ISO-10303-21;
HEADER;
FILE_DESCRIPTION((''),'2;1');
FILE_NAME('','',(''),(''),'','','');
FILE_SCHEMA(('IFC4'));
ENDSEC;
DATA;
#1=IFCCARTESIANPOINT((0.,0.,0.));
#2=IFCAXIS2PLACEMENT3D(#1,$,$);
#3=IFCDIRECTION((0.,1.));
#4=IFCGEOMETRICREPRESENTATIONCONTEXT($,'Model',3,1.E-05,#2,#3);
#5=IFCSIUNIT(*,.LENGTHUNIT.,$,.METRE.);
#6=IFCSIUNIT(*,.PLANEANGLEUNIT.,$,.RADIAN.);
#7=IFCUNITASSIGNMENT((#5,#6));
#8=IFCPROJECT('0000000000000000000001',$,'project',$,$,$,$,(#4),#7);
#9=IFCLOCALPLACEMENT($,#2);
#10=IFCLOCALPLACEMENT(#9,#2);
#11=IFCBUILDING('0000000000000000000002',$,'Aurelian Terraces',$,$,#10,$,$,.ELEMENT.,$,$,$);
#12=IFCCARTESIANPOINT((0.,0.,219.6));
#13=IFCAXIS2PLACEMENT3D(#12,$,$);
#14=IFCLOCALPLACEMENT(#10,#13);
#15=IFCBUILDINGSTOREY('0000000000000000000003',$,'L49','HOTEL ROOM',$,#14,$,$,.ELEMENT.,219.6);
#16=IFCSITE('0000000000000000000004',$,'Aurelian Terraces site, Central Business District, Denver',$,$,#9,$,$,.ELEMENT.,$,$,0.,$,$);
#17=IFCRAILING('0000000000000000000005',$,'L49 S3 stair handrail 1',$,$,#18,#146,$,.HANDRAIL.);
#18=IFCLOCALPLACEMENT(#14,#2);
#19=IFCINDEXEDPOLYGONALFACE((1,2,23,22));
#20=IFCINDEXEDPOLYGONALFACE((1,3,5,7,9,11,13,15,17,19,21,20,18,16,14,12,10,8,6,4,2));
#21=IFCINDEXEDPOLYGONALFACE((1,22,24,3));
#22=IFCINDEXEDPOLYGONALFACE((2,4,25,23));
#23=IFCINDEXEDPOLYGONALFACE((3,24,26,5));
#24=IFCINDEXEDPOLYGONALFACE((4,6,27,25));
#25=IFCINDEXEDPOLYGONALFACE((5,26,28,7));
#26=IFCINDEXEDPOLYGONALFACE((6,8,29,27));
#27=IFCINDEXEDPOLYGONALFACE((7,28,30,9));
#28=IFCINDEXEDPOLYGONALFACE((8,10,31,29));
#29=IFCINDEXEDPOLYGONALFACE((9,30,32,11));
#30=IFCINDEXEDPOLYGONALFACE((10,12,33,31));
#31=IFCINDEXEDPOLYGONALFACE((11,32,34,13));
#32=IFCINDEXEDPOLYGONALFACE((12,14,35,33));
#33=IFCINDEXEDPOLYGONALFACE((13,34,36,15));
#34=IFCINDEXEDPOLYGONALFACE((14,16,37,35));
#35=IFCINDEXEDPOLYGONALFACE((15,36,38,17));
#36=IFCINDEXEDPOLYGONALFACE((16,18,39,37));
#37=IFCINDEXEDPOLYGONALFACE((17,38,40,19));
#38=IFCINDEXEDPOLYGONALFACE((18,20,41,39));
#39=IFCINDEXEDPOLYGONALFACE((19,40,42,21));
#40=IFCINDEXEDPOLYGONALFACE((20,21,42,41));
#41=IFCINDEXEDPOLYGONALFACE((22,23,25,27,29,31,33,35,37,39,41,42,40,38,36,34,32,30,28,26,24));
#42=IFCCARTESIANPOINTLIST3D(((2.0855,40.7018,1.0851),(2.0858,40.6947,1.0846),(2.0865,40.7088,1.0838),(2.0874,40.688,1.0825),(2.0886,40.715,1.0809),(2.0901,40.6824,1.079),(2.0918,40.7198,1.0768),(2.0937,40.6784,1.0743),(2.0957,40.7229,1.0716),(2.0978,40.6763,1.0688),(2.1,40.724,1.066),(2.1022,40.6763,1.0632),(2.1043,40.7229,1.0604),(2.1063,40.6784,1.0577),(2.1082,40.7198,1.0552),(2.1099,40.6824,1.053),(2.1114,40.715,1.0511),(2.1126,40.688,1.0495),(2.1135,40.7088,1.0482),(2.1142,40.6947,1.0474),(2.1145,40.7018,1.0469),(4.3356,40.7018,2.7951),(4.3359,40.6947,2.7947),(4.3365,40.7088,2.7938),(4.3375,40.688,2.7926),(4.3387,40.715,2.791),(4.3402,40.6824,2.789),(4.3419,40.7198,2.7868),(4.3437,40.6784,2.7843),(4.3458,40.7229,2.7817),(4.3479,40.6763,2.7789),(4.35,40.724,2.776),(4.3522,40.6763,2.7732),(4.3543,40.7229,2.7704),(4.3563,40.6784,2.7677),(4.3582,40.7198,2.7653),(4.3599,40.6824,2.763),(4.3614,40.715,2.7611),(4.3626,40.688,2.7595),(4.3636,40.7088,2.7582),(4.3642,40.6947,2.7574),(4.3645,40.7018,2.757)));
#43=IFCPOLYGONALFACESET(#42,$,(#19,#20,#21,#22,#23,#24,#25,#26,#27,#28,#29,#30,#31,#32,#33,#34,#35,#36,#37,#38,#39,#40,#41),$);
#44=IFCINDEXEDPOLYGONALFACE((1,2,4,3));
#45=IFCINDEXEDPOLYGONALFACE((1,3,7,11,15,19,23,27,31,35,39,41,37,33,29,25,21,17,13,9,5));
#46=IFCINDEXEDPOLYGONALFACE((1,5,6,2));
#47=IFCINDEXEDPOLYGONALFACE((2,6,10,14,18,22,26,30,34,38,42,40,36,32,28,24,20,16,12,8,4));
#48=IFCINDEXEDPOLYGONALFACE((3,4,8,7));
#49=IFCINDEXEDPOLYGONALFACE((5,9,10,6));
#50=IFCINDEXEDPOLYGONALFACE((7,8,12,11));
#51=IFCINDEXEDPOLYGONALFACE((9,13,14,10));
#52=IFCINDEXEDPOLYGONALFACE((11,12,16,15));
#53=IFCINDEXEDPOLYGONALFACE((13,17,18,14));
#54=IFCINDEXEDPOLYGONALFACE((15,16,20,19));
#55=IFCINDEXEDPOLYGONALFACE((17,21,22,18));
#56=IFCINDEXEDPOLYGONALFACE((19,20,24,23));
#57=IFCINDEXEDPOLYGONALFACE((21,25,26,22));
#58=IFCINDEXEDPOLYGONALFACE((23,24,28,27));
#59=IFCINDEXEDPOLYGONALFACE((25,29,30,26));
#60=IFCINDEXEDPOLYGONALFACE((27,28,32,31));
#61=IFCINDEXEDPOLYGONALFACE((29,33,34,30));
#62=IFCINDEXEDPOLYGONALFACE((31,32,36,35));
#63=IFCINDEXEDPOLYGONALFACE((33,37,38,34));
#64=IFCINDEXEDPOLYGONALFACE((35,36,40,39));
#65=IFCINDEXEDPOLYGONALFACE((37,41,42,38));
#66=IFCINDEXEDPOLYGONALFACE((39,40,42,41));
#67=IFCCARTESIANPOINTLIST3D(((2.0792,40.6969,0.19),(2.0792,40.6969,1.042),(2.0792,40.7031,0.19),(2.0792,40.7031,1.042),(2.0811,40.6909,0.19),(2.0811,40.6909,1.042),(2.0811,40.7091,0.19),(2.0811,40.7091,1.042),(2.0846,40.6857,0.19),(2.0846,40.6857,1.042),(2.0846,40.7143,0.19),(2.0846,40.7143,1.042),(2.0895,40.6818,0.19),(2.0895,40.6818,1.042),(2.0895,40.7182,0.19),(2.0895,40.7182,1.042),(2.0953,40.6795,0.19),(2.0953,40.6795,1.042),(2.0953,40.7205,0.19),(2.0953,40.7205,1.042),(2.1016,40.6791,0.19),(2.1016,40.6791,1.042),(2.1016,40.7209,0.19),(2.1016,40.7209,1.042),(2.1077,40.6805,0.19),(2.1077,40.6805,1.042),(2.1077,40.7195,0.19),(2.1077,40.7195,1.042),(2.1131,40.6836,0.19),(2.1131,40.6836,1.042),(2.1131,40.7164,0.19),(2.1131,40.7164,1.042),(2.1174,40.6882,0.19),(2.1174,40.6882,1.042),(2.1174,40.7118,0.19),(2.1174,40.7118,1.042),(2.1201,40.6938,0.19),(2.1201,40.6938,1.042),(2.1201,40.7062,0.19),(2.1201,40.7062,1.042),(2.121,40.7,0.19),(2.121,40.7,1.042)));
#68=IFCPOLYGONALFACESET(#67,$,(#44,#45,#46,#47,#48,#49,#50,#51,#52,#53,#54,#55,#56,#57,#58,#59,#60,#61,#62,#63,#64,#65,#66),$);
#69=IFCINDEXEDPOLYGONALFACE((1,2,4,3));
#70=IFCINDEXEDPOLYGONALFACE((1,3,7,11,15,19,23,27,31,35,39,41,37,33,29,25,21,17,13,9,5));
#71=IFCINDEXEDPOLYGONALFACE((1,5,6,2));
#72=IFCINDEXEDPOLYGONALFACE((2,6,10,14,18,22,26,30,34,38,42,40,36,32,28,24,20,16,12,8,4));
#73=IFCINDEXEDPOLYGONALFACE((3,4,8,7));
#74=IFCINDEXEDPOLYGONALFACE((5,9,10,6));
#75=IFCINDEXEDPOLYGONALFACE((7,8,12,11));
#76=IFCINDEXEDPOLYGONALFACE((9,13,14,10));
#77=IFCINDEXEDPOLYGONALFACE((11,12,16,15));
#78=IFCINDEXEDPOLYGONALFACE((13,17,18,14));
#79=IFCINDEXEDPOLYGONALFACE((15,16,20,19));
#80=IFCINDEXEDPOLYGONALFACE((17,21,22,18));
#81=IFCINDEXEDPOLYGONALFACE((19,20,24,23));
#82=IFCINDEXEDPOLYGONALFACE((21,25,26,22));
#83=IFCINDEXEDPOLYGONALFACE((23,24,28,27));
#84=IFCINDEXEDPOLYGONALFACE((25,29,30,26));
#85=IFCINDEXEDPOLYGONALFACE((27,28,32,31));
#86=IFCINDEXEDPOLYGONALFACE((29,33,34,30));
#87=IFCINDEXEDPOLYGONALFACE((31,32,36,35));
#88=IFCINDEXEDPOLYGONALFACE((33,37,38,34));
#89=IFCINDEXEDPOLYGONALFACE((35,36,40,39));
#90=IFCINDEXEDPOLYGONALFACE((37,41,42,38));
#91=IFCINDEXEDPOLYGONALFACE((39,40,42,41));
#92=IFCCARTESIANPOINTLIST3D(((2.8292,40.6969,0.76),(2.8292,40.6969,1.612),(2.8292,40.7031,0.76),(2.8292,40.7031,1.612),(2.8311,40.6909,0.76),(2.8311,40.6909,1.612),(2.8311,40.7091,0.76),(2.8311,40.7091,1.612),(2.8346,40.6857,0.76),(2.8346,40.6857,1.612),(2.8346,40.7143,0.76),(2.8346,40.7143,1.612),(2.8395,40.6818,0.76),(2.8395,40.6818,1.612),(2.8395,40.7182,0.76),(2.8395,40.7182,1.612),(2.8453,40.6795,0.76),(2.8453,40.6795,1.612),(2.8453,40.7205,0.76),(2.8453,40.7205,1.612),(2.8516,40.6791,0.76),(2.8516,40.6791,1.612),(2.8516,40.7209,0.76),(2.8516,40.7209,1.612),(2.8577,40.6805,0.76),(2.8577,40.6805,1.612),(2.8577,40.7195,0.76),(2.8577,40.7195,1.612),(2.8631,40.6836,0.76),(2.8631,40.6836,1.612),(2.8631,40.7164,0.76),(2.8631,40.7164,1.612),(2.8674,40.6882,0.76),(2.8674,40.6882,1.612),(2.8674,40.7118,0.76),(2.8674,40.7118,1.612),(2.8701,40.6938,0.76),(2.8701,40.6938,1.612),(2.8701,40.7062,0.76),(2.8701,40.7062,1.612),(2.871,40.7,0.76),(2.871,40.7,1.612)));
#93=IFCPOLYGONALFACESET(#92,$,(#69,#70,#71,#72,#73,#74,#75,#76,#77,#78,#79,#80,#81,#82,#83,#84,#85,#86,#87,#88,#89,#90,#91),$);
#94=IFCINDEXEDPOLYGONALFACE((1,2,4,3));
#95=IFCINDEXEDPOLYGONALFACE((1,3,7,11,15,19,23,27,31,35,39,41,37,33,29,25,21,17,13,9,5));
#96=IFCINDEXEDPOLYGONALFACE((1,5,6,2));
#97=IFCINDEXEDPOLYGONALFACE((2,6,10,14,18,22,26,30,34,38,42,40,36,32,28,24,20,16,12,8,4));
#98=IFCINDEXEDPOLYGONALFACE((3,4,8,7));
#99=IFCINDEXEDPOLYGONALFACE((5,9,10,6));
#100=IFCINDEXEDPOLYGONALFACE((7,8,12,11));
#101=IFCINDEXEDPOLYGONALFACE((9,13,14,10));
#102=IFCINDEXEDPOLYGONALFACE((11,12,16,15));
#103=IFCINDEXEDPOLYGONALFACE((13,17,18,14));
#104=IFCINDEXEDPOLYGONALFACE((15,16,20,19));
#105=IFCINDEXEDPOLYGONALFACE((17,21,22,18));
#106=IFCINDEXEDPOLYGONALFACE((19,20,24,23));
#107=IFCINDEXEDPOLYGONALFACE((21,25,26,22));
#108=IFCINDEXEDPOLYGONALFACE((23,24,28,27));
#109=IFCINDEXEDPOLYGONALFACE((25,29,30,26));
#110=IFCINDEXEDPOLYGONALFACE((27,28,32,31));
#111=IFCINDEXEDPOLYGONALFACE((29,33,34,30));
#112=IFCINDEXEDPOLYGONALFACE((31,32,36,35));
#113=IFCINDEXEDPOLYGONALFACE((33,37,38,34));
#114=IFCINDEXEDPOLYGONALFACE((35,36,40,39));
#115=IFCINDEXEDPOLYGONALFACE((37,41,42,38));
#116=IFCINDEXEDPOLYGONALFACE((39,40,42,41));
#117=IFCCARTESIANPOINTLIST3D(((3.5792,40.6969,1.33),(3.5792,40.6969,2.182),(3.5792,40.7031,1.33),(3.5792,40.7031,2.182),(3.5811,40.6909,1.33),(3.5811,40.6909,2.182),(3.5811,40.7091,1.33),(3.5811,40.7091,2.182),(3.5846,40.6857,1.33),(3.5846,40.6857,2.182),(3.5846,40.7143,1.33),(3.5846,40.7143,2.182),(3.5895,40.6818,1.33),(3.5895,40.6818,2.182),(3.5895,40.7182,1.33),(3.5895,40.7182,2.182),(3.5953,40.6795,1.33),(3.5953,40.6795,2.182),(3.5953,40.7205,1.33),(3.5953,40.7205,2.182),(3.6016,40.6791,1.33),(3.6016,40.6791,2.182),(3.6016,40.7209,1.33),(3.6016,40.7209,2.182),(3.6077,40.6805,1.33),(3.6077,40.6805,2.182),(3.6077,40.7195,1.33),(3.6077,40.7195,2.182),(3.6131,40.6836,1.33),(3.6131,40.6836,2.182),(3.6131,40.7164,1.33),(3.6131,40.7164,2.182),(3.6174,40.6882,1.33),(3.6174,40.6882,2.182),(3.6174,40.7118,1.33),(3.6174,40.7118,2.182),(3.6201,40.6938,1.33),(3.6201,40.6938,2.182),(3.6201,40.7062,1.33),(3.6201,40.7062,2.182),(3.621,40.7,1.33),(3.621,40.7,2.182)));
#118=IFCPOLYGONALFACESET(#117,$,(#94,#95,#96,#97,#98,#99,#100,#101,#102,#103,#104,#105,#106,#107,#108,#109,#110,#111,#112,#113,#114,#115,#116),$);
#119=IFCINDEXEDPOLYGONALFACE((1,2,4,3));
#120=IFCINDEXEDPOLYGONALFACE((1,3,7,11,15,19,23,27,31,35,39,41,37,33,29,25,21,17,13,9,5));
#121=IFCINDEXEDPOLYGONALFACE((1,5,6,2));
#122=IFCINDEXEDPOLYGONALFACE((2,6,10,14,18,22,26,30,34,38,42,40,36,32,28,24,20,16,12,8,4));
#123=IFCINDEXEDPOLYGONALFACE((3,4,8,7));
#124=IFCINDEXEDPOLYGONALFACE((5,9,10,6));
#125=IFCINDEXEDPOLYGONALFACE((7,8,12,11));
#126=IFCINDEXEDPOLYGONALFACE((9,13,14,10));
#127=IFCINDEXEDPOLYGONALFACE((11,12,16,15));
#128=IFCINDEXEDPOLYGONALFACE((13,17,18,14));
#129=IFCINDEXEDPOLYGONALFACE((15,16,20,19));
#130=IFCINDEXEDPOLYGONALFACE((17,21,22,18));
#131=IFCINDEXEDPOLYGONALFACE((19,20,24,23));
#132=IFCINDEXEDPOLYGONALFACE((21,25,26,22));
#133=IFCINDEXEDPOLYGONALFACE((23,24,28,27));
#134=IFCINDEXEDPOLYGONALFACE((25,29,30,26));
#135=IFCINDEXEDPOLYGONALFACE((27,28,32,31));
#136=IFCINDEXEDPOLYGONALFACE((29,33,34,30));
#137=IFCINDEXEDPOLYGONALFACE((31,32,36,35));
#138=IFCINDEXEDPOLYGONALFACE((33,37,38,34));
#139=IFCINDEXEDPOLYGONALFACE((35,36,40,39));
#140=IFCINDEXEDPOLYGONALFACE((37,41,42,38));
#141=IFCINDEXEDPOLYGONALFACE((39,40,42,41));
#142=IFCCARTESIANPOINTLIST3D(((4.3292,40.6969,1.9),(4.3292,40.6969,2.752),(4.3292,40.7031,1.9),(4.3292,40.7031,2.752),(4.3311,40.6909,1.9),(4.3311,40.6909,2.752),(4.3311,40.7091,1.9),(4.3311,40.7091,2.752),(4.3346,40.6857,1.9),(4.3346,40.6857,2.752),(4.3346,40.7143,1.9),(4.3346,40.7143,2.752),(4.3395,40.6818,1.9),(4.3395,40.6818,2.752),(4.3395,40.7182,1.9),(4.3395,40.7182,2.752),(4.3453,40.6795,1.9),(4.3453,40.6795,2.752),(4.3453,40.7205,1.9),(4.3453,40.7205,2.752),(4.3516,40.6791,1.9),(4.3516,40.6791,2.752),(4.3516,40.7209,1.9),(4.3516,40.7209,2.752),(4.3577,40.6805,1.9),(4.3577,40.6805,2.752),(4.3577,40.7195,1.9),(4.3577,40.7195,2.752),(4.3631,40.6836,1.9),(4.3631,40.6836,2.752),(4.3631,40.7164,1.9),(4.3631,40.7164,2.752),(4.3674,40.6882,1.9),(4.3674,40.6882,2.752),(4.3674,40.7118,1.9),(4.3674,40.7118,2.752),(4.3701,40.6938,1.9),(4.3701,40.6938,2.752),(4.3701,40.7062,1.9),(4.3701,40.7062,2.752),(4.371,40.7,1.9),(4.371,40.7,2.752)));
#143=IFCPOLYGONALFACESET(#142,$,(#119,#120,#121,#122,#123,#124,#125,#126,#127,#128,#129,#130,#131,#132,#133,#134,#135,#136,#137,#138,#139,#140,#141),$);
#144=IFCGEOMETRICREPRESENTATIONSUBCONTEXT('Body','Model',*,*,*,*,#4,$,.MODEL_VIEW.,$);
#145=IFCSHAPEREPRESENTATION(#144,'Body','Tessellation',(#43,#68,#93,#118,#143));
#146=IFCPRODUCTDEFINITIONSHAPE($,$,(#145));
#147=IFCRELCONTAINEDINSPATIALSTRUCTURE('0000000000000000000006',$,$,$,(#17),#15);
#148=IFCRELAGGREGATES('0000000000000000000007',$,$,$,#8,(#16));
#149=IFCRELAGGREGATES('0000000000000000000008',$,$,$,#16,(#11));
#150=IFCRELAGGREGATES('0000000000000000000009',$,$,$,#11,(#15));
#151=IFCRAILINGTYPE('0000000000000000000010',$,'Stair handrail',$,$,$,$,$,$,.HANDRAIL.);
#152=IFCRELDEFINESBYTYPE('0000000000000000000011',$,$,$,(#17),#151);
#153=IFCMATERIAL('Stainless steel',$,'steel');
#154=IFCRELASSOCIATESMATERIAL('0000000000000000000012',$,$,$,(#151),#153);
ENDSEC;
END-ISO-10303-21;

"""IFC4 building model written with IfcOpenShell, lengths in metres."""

from ifc_helpers import new_model, si_unit, direction, frame, origin, origin_2d, place, context, subcontext, project, spatial, circle, extrude, source, transform, mapped, material, type_object, element, save


model = new_model("IFC4")

# Units and contexts
model_context = context("Model", 3, precision=1e-05, world=origin(), true_north=direction((0.0, 1.0)))
body_context = subcontext(model_context, "Body", "Model", "MODEL_VIEW")
ifc_project = project(units=[si_unit("LENGTHUNIT", "METRE"), si_unit("PLANEANGLEUNIT", "RADIAN")], contexts=[model_context])

# Site, building, storey
site_placement = place(None, origin())
site = spatial("IfcSite", under=ifc_project, at=site_placement, Name="Aurelian Terraces site, Central Business District, Denver", CompositionType="ELEMENT", RefElevation=0.0)
building_placement = place(site_placement, origin())
building = spatial("IfcBuilding", under=site, at=building_placement, Name="Aurelian Terraces", CompositionType="ELEMENT")
storey_placement = place(building_placement, frame((0.0, 0.0, 219.6)))
storey = spatial("IfcBuildingStorey", under=building, at=storey_placement, Name="L49", Description="HOTEL ROOM", CompositionType="ELEMENT", Elevation=219.6)

# Railing
ifc_material_1 = material(Name="Stainless steel", Category="steel")
railing_type_1 = type_object("IfcRailingType", Name="Stair handrail", PredefinedType="HANDRAIL", material=ifc_material_1)
shared_shape_1 = source(origin(), body_context, "Body", "SweptSolid", [
    extrude(circle(Radius=0.024, at=origin_2d()), frame((0.0, 0.0, 0.876), z_axis=(0.796162, 0.0, 0.605083), x_axis=(0.0, 1.0, 0.0)), (0.0, 0.0, 1.0), 2.8261),
    extrude(circle(Radius=0.021, at=origin_2d()), origin(), (0.0, 0.0, 1.0), 0.852),
    extrude(circle(Radius=0.021, at=origin_2d()), frame((0.75, 0.0, 0.57)), (0.0, 0.0, 1.0), 0.852),
    extrude(circle(Radius=0.021, at=origin_2d()), frame((1.5, 0.0, 1.14)), (0.0, 0.0, 1.0), 0.852),
    extrude(circle(Radius=0.021, at=origin_2d()), frame((2.25, 0.0, 1.71)), (0.0, 0.0, 1.0), 0.852),
])
railing_1_placement = place(storey_placement, frame((2.1, 40.7, 0.19)))
element("IfcRailing", 1, at=railing_1_placement, inside=storey, type_object=railing_type_1, Name="L49 S3 stair handrail 1", PredefinedType="HANDRAIL", context=body_context, shape_type="MappedRepresentation", body=[
    mapped(shared_shape_1, transform((0.0, 0.0, 0.0), scale=1.0)),
])

save(model, "model.ifc")
